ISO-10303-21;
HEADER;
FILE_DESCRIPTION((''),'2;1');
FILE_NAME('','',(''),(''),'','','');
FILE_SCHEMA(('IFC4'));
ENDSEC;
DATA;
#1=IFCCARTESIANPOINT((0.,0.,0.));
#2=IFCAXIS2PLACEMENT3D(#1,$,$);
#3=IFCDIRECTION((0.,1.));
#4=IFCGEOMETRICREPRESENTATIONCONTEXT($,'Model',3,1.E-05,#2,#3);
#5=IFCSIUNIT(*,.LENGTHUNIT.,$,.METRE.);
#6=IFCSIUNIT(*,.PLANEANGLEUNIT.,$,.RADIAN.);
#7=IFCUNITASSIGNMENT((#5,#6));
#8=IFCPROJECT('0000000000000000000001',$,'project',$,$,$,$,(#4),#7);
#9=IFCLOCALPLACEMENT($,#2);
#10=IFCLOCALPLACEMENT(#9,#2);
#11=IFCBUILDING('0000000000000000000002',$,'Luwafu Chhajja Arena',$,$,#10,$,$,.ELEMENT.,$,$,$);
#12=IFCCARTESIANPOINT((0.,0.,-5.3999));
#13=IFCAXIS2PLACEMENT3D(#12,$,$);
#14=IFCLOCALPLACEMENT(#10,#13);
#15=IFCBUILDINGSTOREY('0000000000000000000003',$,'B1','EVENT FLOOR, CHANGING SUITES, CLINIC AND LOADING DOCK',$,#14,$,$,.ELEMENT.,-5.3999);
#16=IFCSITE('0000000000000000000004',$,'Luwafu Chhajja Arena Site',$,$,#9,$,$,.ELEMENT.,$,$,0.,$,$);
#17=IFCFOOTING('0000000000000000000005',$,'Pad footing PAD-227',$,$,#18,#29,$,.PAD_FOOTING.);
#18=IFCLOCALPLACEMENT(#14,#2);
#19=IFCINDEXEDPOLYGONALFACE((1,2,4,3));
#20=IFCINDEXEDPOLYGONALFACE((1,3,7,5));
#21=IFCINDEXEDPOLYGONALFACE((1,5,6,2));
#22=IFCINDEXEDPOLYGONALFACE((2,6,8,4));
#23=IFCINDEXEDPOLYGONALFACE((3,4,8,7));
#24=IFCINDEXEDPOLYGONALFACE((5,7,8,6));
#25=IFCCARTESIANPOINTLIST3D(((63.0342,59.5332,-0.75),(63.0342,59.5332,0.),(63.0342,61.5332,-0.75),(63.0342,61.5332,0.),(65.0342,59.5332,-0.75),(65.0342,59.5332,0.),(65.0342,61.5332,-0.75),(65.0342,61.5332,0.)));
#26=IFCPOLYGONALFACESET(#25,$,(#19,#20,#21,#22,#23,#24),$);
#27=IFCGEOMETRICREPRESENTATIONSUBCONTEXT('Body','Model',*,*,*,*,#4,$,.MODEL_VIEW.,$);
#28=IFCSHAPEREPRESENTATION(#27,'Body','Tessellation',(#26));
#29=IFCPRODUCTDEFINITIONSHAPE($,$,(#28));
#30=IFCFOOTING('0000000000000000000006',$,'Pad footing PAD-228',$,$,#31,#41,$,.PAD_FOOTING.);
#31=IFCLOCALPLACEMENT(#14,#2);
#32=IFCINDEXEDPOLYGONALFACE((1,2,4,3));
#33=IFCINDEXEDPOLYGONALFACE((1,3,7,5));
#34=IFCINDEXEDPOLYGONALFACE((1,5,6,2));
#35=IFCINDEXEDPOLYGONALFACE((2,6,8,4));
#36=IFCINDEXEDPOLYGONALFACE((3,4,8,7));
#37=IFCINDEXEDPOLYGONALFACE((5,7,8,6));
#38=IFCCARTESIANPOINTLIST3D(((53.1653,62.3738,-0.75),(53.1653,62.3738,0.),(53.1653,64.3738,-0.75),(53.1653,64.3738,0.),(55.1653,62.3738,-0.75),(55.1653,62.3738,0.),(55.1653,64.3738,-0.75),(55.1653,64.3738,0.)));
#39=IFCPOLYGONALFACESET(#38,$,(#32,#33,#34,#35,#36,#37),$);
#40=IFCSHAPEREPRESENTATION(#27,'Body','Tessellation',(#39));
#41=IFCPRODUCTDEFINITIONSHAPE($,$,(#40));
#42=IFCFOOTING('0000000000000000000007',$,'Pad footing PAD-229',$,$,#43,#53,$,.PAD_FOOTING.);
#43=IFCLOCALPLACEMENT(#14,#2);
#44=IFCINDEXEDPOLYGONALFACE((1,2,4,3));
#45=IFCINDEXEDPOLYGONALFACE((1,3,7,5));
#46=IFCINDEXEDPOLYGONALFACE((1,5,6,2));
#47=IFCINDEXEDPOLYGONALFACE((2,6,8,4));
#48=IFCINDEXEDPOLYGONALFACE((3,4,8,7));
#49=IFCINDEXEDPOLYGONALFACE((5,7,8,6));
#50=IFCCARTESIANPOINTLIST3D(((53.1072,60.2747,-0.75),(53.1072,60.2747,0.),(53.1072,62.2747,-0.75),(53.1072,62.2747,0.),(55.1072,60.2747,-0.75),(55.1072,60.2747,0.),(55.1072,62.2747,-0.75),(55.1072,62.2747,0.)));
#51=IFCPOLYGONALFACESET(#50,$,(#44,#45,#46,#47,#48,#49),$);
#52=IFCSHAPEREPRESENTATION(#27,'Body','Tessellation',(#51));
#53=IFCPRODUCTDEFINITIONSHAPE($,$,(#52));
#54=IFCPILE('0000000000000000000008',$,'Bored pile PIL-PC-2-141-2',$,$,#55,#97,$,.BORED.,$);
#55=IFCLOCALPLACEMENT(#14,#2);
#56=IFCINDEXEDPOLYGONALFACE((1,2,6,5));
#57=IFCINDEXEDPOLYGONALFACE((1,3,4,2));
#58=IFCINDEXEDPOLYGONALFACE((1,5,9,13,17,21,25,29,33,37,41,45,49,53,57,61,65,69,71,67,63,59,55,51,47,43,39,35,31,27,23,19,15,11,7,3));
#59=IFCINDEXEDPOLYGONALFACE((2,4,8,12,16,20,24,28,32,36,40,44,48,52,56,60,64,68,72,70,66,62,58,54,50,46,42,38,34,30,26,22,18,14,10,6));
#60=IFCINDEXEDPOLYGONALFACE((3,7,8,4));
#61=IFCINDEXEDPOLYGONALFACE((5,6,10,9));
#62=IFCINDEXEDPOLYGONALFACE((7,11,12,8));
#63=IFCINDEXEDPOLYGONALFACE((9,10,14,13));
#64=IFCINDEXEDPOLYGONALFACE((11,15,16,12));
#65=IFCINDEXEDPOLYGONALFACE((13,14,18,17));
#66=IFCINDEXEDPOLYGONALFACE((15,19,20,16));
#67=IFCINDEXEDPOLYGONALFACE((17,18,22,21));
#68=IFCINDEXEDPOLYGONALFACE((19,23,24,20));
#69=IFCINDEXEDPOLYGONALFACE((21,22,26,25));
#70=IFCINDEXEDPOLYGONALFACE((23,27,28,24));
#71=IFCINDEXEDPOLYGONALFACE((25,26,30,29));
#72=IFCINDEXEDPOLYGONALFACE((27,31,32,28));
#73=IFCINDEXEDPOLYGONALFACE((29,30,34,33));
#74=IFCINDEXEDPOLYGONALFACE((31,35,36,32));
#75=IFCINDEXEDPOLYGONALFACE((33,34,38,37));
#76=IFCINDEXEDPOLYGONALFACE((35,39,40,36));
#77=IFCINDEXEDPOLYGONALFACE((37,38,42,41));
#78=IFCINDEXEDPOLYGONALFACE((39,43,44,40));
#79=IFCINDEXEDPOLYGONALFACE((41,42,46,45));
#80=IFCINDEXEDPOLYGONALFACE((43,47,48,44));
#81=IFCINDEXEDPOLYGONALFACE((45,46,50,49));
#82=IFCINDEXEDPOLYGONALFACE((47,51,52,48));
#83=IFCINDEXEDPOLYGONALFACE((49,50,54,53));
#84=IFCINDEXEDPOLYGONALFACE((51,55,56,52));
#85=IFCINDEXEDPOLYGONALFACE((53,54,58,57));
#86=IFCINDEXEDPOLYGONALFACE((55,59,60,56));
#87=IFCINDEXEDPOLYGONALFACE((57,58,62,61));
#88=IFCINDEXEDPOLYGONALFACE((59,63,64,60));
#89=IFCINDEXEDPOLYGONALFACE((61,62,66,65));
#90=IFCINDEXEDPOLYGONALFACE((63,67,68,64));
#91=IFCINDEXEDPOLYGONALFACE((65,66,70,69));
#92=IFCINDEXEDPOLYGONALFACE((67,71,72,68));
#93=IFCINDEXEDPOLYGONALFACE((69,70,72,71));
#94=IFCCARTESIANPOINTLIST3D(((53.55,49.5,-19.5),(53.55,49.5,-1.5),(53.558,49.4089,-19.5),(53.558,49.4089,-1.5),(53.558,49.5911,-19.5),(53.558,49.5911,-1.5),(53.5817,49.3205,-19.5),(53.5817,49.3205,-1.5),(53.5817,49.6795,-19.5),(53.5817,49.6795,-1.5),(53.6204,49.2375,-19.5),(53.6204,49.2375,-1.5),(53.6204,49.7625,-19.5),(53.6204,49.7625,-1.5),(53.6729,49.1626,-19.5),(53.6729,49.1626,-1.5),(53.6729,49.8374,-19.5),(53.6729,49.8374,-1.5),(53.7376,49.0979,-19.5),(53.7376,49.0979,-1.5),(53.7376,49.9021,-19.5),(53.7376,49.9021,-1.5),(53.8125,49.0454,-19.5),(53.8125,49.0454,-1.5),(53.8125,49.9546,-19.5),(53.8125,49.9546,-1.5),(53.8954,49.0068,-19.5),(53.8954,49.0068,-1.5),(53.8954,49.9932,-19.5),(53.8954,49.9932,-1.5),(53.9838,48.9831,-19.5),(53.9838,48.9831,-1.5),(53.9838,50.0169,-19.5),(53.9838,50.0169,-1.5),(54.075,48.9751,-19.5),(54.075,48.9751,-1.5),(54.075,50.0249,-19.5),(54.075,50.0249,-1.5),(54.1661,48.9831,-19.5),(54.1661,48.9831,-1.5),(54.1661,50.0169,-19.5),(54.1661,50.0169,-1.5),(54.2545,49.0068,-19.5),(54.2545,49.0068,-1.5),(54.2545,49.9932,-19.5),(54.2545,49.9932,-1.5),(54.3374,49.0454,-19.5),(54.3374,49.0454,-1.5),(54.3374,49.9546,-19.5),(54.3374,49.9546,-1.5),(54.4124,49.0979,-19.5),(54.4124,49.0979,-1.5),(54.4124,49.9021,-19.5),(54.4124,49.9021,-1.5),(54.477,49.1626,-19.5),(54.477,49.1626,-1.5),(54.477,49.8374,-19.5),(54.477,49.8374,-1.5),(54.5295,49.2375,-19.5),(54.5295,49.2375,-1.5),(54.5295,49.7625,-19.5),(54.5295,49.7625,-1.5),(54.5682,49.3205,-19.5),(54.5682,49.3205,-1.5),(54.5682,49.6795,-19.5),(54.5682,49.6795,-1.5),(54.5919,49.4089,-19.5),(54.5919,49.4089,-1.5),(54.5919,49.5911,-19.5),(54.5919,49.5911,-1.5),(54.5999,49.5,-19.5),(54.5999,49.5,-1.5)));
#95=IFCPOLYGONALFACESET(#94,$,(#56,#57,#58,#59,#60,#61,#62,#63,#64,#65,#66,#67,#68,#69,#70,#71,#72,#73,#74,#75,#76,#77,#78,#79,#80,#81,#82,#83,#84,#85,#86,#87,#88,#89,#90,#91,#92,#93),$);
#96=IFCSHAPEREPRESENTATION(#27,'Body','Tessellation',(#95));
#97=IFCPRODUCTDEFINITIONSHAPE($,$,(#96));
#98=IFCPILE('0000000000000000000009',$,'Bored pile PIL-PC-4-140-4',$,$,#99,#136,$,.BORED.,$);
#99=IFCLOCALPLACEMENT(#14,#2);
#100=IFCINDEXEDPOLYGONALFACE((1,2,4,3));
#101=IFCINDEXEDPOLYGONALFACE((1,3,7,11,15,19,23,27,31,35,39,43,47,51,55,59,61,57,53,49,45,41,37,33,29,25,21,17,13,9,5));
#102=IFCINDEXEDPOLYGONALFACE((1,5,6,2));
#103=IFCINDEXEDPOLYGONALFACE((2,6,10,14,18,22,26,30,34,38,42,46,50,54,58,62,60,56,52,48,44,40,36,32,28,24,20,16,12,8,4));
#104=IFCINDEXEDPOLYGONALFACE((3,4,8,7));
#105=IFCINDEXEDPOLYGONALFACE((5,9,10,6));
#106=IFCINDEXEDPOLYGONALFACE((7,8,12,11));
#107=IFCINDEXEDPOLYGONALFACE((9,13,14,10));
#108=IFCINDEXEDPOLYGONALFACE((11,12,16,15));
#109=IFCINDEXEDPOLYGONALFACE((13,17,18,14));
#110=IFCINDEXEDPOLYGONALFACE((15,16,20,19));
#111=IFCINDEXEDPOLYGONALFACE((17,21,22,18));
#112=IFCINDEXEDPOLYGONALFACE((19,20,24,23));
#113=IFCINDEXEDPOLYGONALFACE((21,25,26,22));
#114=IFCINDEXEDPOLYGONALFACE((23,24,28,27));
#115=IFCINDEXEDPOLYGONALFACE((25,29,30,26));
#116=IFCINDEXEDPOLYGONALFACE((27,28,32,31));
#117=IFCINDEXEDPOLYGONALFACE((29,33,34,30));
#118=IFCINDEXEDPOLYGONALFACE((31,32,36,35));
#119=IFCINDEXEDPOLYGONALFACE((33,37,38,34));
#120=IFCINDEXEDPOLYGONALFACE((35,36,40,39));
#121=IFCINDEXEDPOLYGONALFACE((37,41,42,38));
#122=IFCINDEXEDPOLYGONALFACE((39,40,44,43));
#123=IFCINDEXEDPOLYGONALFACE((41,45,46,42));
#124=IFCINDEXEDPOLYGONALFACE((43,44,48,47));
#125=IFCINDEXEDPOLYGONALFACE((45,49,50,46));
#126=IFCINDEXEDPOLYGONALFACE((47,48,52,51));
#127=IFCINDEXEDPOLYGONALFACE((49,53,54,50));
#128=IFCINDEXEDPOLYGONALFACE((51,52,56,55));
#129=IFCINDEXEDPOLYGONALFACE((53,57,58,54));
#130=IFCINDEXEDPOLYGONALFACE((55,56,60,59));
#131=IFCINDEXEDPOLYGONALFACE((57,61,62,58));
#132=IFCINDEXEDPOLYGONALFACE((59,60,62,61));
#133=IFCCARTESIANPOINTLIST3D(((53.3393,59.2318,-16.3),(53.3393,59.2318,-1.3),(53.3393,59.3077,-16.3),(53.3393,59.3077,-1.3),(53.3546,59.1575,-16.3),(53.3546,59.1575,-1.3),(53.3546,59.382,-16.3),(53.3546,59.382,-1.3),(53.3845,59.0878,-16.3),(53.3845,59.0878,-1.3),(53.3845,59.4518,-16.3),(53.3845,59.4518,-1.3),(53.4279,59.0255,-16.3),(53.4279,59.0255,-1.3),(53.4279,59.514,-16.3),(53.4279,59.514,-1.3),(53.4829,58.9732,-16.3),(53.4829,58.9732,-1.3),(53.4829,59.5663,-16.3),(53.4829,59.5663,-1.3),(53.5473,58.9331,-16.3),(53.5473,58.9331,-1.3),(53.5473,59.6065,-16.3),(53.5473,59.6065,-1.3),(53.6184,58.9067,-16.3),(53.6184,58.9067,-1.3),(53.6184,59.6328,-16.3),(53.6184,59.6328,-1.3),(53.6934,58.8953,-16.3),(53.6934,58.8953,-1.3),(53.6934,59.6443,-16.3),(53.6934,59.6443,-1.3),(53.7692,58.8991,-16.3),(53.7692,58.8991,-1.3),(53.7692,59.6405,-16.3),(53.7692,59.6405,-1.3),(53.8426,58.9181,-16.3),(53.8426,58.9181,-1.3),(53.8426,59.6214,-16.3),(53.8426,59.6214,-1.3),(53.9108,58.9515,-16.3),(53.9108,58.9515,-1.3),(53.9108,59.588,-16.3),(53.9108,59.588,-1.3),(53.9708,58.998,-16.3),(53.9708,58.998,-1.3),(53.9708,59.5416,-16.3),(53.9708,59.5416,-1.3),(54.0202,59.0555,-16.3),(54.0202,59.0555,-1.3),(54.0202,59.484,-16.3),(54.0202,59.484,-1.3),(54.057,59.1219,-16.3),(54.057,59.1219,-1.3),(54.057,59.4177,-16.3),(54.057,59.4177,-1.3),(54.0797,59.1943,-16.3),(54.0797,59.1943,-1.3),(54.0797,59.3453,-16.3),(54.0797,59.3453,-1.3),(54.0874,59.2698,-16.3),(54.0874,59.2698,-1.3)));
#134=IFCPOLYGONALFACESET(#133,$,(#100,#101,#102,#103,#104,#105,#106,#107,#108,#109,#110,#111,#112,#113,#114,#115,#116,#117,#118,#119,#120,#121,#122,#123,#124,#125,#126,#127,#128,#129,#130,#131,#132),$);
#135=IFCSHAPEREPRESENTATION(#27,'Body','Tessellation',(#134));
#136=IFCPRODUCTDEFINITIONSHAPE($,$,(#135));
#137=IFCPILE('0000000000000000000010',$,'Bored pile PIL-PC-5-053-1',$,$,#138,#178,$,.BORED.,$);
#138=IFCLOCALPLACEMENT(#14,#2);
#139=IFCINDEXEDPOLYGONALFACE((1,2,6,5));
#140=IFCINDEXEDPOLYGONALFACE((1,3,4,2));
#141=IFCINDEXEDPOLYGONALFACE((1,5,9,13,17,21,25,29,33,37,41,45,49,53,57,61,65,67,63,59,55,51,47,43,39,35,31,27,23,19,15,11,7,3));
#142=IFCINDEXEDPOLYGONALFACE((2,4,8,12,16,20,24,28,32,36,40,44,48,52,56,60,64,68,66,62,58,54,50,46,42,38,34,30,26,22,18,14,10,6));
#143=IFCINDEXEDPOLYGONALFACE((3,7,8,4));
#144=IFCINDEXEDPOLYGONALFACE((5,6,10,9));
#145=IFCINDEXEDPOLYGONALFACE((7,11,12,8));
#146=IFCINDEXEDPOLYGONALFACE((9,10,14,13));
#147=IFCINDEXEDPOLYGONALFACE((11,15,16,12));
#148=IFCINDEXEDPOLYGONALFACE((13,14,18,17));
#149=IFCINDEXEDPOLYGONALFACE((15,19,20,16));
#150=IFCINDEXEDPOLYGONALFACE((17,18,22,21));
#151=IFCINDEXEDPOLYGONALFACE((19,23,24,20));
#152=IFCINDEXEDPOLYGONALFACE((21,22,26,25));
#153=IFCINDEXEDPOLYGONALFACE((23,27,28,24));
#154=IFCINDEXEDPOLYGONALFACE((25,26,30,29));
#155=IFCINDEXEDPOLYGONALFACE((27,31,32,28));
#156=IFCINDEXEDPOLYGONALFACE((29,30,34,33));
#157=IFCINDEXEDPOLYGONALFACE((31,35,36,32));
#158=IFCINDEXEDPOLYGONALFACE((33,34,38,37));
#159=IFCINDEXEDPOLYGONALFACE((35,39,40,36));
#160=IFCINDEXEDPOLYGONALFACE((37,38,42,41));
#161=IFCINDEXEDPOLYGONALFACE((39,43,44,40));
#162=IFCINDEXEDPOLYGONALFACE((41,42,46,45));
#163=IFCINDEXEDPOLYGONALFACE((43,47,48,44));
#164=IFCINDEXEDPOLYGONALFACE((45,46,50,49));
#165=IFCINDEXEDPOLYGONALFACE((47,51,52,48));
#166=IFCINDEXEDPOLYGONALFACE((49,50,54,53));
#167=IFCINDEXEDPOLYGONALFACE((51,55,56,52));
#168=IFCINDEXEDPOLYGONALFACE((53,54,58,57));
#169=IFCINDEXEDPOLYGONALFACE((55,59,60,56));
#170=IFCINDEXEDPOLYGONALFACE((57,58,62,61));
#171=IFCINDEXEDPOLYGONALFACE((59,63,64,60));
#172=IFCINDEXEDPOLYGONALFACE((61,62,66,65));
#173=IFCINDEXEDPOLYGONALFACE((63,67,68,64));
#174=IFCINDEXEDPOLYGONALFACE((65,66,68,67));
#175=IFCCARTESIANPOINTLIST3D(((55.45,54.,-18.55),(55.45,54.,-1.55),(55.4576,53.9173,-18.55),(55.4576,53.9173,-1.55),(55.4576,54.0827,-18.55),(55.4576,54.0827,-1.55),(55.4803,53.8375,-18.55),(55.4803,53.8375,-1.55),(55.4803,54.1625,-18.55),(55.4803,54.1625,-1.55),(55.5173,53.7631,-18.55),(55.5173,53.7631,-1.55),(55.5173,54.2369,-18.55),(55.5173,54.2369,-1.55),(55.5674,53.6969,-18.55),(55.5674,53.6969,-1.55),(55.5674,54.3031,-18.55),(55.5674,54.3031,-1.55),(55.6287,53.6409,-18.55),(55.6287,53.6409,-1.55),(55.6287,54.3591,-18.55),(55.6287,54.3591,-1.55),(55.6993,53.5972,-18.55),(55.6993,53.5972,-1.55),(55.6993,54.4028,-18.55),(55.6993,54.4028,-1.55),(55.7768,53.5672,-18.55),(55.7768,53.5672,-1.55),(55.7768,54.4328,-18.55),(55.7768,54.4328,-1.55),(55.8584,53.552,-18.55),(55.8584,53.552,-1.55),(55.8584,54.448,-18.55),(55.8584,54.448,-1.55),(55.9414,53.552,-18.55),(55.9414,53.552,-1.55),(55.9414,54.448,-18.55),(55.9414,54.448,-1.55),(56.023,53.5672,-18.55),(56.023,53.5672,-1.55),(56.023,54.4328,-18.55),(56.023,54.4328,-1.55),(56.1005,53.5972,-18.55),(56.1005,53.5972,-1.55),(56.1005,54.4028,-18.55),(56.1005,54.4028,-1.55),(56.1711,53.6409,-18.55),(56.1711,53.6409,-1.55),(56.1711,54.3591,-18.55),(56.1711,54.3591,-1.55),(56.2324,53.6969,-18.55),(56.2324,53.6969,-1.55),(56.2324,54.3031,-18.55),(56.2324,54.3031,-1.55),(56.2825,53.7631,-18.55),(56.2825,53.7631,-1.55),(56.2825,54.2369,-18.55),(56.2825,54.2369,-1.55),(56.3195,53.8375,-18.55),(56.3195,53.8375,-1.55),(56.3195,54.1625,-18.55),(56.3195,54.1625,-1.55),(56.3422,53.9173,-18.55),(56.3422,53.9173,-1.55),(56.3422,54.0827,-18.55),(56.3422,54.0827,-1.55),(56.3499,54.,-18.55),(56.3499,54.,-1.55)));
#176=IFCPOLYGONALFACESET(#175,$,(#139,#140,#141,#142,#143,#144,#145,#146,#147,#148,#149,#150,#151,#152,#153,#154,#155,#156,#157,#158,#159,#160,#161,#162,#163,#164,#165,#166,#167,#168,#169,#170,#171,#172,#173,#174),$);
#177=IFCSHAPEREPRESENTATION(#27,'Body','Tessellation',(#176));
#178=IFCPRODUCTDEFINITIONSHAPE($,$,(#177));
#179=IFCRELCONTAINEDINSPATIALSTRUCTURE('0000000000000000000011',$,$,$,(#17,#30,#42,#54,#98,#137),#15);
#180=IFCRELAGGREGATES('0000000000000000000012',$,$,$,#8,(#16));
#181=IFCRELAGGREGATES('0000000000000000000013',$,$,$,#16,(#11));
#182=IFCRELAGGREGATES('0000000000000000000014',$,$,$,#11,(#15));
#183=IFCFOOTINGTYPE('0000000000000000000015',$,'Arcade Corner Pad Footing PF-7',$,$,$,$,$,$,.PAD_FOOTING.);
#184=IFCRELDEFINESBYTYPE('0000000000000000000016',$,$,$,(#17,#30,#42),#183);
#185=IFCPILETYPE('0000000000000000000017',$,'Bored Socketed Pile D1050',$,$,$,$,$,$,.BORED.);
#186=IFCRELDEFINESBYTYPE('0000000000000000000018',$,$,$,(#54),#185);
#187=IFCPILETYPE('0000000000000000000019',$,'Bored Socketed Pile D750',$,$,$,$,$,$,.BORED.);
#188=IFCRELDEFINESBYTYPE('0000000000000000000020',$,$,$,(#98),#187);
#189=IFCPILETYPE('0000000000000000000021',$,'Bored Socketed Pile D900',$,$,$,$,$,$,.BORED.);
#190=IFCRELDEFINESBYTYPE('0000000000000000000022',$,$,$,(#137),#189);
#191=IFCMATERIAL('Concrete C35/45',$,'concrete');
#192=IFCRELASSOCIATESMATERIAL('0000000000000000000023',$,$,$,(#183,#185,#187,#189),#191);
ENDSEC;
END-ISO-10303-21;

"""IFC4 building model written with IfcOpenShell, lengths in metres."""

from ifc_helpers import new_model, si_unit, direction, frame, origin, origin_2d, place, context, subcontext, project, spatial, rectangle, circle, extrude, material, material_profile, profile_set, type_object, element, save


model = new_model("IFC4")

# Units and contexts
model_context = context("Model", 3, precision=1e-05, world=origin(), true_north=direction((0.0, 1.0)))
body_context = subcontext(model_context, "Body", "Model", "MODEL_VIEW")
ifc_project = project(units=[si_unit("LENGTHUNIT", "METRE"), si_unit("PLANEANGLEUNIT", "RADIAN")], contexts=[model_context])

# Site, building, storey
site_placement = place(None, origin())
site = spatial("IfcSite", under=ifc_project, at=site_placement, Name="Luwafu Chhajja Arena Site", CompositionType="ELEMENT", RefElevation=0.0)
building_placement = place(site_placement, origin())
building = spatial("IfcBuilding", under=site, at=building_placement, Name="Luwafu Chhajja Arena", CompositionType="ELEMENT")
storey_placement = place(building_placement, frame((0.0, 0.0, -5.3999)))
storey = spatial("IfcBuildingStorey", under=building, at=storey_placement, Name="B1", Description="EVENT FLOOR, CHANGING SUITES, CLINIC AND LOADING DOCK", CompositionType="ELEMENT", Elevation=-5.3999)

# Footings
ifc_material_1 = material(Name="Concrete C35/45", Category="concrete")
footing_type_1 = type_object("IfcFootingType", Name="Arcade Corner Pad Footing PF-7", PredefinedType="PAD_FOOTING", material=ifc_material_1)
for number, where, z_axis, x_axis, name in (
    (1, (64.0342, 60.5332, -0.75), (0.0, 0.0, 1.0), (1.0, 0.0, 0.0), "Pad footing PAD-227"),
    (2, (54.1653, 63.3738, -0.75), (0.0, 0.0, 1.0), (1.0, 0.0, 0.0), "Pad footing PAD-228"),
    (3, (54.1072, 61.2747, -0.75), (0.0, 0.0, 1.0), (1.0, 0.0, 0.0), "Pad footing PAD-229"),
):
    element("IfcFooting", number, at=place(storey_placement, frame(where, z_axis=z_axis, x_axis=x_axis)), inside=storey, type_object=footing_type_1, Name=name, PredefinedType="PAD_FOOTING", context=body_context, shape_type="SweptSolid", body=[
        extrude(rectangle(XDim=2.0, YDim=2.0, at=origin_2d()), origin(), (0.0, 0.0, 1.0), 0.75),
    ])

# Piles
ifc_material_profile_1 = material_profile(ifc_material_1, circle(Radius=0.5249, at=origin_2d()), Name="PILE D1050")
ifc_profile_set_1 = profile_set([ifc_material_profile_1], Name="Concrete C35/45")
pile_type_1 = type_object("IfcPileType", Name="Bored Socketed Pile D1050", PredefinedType="BORED", material=ifc_profile_set_1)
pile_1_placement = place(storey_placement, frame((54.075, 49.5, -1.5), z_axis=(0.0, 0.0, -1.0), x_axis=(1.0, 0.0, 0.0)))
element("IfcPile", 4, at=pile_1_placement, inside=storey, type_object=pile_type_1, Name="Bored pile PIL-PC-2-141-2", PredefinedType="BORED", context=body_context, shape_type="SweptSolid", body=[
    extrude(circle(Radius=0.5249, at=origin_2d()), origin(), (0.0, 0.0, 1.0), 18.0),
])
ifc_material_profile_2 = material_profile(ifc_material_1, circle(Radius=0.375, at=origin_2d()), Name="PILE D750")
ifc_profile_set_2 = profile_set([ifc_material_profile_2], Name="Concrete C35/45")
pile_type_2 = type_object("IfcPileType", Name="Bored Socketed Pile D750", PredefinedType="BORED", material=ifc_profile_set_2)
pile_2_placement = place(storey_placement, frame((53.7124, 59.2698, -1.3), z_axis=(0.0, 0.0, -1.0), x_axis=(1.0, 0.0, 0.0)))
element("IfcPile", 5, at=pile_2_placement, inside=storey, type_object=pile_type_2, Name="Bored pile PIL-PC-4-140-4", PredefinedType="BORED", context=body_context, shape_type="SweptSolid", body=[
    extrude(circle(Radius=0.375, at=origin_2d()), origin(), (0.0, 0.0, 1.0), 15.0),
])
ifc_material_profile_3 = material_profile(ifc_material_1, circle(Radius=0.45, at=origin_2d()), Name="PILE D900")
ifc_profile_set_3 = profile_set([ifc_material_profile_3], Name="Concrete C35/45")
pile_type_3 = type_object("IfcPileType", Name="Bored Socketed Pile D900", PredefinedType="BORED", material=ifc_profile_set_3)
for number, where, z_axis, x_axis, name in (
    (6, (55.8999, 54.0, -1.55), (0.0, 0.0, -1.0), (1.0, 0.0, 0.0), "Bored pile PIL-PC-5-053-1"),
):
    element("IfcPile", number, at=place(storey_placement, frame(where, z_axis=z_axis, x_axis=x_axis)), inside=storey, type_object=pile_type_3, Name=name, PredefinedType="BORED", context=body_context, shape_type="SweptSolid", body=[
        extrude(circle(Radius=0.45, at=origin_2d()), origin(), (0.0, 0.0, 1.0), 17.0),
    ])

save(model, "model.ifc")
